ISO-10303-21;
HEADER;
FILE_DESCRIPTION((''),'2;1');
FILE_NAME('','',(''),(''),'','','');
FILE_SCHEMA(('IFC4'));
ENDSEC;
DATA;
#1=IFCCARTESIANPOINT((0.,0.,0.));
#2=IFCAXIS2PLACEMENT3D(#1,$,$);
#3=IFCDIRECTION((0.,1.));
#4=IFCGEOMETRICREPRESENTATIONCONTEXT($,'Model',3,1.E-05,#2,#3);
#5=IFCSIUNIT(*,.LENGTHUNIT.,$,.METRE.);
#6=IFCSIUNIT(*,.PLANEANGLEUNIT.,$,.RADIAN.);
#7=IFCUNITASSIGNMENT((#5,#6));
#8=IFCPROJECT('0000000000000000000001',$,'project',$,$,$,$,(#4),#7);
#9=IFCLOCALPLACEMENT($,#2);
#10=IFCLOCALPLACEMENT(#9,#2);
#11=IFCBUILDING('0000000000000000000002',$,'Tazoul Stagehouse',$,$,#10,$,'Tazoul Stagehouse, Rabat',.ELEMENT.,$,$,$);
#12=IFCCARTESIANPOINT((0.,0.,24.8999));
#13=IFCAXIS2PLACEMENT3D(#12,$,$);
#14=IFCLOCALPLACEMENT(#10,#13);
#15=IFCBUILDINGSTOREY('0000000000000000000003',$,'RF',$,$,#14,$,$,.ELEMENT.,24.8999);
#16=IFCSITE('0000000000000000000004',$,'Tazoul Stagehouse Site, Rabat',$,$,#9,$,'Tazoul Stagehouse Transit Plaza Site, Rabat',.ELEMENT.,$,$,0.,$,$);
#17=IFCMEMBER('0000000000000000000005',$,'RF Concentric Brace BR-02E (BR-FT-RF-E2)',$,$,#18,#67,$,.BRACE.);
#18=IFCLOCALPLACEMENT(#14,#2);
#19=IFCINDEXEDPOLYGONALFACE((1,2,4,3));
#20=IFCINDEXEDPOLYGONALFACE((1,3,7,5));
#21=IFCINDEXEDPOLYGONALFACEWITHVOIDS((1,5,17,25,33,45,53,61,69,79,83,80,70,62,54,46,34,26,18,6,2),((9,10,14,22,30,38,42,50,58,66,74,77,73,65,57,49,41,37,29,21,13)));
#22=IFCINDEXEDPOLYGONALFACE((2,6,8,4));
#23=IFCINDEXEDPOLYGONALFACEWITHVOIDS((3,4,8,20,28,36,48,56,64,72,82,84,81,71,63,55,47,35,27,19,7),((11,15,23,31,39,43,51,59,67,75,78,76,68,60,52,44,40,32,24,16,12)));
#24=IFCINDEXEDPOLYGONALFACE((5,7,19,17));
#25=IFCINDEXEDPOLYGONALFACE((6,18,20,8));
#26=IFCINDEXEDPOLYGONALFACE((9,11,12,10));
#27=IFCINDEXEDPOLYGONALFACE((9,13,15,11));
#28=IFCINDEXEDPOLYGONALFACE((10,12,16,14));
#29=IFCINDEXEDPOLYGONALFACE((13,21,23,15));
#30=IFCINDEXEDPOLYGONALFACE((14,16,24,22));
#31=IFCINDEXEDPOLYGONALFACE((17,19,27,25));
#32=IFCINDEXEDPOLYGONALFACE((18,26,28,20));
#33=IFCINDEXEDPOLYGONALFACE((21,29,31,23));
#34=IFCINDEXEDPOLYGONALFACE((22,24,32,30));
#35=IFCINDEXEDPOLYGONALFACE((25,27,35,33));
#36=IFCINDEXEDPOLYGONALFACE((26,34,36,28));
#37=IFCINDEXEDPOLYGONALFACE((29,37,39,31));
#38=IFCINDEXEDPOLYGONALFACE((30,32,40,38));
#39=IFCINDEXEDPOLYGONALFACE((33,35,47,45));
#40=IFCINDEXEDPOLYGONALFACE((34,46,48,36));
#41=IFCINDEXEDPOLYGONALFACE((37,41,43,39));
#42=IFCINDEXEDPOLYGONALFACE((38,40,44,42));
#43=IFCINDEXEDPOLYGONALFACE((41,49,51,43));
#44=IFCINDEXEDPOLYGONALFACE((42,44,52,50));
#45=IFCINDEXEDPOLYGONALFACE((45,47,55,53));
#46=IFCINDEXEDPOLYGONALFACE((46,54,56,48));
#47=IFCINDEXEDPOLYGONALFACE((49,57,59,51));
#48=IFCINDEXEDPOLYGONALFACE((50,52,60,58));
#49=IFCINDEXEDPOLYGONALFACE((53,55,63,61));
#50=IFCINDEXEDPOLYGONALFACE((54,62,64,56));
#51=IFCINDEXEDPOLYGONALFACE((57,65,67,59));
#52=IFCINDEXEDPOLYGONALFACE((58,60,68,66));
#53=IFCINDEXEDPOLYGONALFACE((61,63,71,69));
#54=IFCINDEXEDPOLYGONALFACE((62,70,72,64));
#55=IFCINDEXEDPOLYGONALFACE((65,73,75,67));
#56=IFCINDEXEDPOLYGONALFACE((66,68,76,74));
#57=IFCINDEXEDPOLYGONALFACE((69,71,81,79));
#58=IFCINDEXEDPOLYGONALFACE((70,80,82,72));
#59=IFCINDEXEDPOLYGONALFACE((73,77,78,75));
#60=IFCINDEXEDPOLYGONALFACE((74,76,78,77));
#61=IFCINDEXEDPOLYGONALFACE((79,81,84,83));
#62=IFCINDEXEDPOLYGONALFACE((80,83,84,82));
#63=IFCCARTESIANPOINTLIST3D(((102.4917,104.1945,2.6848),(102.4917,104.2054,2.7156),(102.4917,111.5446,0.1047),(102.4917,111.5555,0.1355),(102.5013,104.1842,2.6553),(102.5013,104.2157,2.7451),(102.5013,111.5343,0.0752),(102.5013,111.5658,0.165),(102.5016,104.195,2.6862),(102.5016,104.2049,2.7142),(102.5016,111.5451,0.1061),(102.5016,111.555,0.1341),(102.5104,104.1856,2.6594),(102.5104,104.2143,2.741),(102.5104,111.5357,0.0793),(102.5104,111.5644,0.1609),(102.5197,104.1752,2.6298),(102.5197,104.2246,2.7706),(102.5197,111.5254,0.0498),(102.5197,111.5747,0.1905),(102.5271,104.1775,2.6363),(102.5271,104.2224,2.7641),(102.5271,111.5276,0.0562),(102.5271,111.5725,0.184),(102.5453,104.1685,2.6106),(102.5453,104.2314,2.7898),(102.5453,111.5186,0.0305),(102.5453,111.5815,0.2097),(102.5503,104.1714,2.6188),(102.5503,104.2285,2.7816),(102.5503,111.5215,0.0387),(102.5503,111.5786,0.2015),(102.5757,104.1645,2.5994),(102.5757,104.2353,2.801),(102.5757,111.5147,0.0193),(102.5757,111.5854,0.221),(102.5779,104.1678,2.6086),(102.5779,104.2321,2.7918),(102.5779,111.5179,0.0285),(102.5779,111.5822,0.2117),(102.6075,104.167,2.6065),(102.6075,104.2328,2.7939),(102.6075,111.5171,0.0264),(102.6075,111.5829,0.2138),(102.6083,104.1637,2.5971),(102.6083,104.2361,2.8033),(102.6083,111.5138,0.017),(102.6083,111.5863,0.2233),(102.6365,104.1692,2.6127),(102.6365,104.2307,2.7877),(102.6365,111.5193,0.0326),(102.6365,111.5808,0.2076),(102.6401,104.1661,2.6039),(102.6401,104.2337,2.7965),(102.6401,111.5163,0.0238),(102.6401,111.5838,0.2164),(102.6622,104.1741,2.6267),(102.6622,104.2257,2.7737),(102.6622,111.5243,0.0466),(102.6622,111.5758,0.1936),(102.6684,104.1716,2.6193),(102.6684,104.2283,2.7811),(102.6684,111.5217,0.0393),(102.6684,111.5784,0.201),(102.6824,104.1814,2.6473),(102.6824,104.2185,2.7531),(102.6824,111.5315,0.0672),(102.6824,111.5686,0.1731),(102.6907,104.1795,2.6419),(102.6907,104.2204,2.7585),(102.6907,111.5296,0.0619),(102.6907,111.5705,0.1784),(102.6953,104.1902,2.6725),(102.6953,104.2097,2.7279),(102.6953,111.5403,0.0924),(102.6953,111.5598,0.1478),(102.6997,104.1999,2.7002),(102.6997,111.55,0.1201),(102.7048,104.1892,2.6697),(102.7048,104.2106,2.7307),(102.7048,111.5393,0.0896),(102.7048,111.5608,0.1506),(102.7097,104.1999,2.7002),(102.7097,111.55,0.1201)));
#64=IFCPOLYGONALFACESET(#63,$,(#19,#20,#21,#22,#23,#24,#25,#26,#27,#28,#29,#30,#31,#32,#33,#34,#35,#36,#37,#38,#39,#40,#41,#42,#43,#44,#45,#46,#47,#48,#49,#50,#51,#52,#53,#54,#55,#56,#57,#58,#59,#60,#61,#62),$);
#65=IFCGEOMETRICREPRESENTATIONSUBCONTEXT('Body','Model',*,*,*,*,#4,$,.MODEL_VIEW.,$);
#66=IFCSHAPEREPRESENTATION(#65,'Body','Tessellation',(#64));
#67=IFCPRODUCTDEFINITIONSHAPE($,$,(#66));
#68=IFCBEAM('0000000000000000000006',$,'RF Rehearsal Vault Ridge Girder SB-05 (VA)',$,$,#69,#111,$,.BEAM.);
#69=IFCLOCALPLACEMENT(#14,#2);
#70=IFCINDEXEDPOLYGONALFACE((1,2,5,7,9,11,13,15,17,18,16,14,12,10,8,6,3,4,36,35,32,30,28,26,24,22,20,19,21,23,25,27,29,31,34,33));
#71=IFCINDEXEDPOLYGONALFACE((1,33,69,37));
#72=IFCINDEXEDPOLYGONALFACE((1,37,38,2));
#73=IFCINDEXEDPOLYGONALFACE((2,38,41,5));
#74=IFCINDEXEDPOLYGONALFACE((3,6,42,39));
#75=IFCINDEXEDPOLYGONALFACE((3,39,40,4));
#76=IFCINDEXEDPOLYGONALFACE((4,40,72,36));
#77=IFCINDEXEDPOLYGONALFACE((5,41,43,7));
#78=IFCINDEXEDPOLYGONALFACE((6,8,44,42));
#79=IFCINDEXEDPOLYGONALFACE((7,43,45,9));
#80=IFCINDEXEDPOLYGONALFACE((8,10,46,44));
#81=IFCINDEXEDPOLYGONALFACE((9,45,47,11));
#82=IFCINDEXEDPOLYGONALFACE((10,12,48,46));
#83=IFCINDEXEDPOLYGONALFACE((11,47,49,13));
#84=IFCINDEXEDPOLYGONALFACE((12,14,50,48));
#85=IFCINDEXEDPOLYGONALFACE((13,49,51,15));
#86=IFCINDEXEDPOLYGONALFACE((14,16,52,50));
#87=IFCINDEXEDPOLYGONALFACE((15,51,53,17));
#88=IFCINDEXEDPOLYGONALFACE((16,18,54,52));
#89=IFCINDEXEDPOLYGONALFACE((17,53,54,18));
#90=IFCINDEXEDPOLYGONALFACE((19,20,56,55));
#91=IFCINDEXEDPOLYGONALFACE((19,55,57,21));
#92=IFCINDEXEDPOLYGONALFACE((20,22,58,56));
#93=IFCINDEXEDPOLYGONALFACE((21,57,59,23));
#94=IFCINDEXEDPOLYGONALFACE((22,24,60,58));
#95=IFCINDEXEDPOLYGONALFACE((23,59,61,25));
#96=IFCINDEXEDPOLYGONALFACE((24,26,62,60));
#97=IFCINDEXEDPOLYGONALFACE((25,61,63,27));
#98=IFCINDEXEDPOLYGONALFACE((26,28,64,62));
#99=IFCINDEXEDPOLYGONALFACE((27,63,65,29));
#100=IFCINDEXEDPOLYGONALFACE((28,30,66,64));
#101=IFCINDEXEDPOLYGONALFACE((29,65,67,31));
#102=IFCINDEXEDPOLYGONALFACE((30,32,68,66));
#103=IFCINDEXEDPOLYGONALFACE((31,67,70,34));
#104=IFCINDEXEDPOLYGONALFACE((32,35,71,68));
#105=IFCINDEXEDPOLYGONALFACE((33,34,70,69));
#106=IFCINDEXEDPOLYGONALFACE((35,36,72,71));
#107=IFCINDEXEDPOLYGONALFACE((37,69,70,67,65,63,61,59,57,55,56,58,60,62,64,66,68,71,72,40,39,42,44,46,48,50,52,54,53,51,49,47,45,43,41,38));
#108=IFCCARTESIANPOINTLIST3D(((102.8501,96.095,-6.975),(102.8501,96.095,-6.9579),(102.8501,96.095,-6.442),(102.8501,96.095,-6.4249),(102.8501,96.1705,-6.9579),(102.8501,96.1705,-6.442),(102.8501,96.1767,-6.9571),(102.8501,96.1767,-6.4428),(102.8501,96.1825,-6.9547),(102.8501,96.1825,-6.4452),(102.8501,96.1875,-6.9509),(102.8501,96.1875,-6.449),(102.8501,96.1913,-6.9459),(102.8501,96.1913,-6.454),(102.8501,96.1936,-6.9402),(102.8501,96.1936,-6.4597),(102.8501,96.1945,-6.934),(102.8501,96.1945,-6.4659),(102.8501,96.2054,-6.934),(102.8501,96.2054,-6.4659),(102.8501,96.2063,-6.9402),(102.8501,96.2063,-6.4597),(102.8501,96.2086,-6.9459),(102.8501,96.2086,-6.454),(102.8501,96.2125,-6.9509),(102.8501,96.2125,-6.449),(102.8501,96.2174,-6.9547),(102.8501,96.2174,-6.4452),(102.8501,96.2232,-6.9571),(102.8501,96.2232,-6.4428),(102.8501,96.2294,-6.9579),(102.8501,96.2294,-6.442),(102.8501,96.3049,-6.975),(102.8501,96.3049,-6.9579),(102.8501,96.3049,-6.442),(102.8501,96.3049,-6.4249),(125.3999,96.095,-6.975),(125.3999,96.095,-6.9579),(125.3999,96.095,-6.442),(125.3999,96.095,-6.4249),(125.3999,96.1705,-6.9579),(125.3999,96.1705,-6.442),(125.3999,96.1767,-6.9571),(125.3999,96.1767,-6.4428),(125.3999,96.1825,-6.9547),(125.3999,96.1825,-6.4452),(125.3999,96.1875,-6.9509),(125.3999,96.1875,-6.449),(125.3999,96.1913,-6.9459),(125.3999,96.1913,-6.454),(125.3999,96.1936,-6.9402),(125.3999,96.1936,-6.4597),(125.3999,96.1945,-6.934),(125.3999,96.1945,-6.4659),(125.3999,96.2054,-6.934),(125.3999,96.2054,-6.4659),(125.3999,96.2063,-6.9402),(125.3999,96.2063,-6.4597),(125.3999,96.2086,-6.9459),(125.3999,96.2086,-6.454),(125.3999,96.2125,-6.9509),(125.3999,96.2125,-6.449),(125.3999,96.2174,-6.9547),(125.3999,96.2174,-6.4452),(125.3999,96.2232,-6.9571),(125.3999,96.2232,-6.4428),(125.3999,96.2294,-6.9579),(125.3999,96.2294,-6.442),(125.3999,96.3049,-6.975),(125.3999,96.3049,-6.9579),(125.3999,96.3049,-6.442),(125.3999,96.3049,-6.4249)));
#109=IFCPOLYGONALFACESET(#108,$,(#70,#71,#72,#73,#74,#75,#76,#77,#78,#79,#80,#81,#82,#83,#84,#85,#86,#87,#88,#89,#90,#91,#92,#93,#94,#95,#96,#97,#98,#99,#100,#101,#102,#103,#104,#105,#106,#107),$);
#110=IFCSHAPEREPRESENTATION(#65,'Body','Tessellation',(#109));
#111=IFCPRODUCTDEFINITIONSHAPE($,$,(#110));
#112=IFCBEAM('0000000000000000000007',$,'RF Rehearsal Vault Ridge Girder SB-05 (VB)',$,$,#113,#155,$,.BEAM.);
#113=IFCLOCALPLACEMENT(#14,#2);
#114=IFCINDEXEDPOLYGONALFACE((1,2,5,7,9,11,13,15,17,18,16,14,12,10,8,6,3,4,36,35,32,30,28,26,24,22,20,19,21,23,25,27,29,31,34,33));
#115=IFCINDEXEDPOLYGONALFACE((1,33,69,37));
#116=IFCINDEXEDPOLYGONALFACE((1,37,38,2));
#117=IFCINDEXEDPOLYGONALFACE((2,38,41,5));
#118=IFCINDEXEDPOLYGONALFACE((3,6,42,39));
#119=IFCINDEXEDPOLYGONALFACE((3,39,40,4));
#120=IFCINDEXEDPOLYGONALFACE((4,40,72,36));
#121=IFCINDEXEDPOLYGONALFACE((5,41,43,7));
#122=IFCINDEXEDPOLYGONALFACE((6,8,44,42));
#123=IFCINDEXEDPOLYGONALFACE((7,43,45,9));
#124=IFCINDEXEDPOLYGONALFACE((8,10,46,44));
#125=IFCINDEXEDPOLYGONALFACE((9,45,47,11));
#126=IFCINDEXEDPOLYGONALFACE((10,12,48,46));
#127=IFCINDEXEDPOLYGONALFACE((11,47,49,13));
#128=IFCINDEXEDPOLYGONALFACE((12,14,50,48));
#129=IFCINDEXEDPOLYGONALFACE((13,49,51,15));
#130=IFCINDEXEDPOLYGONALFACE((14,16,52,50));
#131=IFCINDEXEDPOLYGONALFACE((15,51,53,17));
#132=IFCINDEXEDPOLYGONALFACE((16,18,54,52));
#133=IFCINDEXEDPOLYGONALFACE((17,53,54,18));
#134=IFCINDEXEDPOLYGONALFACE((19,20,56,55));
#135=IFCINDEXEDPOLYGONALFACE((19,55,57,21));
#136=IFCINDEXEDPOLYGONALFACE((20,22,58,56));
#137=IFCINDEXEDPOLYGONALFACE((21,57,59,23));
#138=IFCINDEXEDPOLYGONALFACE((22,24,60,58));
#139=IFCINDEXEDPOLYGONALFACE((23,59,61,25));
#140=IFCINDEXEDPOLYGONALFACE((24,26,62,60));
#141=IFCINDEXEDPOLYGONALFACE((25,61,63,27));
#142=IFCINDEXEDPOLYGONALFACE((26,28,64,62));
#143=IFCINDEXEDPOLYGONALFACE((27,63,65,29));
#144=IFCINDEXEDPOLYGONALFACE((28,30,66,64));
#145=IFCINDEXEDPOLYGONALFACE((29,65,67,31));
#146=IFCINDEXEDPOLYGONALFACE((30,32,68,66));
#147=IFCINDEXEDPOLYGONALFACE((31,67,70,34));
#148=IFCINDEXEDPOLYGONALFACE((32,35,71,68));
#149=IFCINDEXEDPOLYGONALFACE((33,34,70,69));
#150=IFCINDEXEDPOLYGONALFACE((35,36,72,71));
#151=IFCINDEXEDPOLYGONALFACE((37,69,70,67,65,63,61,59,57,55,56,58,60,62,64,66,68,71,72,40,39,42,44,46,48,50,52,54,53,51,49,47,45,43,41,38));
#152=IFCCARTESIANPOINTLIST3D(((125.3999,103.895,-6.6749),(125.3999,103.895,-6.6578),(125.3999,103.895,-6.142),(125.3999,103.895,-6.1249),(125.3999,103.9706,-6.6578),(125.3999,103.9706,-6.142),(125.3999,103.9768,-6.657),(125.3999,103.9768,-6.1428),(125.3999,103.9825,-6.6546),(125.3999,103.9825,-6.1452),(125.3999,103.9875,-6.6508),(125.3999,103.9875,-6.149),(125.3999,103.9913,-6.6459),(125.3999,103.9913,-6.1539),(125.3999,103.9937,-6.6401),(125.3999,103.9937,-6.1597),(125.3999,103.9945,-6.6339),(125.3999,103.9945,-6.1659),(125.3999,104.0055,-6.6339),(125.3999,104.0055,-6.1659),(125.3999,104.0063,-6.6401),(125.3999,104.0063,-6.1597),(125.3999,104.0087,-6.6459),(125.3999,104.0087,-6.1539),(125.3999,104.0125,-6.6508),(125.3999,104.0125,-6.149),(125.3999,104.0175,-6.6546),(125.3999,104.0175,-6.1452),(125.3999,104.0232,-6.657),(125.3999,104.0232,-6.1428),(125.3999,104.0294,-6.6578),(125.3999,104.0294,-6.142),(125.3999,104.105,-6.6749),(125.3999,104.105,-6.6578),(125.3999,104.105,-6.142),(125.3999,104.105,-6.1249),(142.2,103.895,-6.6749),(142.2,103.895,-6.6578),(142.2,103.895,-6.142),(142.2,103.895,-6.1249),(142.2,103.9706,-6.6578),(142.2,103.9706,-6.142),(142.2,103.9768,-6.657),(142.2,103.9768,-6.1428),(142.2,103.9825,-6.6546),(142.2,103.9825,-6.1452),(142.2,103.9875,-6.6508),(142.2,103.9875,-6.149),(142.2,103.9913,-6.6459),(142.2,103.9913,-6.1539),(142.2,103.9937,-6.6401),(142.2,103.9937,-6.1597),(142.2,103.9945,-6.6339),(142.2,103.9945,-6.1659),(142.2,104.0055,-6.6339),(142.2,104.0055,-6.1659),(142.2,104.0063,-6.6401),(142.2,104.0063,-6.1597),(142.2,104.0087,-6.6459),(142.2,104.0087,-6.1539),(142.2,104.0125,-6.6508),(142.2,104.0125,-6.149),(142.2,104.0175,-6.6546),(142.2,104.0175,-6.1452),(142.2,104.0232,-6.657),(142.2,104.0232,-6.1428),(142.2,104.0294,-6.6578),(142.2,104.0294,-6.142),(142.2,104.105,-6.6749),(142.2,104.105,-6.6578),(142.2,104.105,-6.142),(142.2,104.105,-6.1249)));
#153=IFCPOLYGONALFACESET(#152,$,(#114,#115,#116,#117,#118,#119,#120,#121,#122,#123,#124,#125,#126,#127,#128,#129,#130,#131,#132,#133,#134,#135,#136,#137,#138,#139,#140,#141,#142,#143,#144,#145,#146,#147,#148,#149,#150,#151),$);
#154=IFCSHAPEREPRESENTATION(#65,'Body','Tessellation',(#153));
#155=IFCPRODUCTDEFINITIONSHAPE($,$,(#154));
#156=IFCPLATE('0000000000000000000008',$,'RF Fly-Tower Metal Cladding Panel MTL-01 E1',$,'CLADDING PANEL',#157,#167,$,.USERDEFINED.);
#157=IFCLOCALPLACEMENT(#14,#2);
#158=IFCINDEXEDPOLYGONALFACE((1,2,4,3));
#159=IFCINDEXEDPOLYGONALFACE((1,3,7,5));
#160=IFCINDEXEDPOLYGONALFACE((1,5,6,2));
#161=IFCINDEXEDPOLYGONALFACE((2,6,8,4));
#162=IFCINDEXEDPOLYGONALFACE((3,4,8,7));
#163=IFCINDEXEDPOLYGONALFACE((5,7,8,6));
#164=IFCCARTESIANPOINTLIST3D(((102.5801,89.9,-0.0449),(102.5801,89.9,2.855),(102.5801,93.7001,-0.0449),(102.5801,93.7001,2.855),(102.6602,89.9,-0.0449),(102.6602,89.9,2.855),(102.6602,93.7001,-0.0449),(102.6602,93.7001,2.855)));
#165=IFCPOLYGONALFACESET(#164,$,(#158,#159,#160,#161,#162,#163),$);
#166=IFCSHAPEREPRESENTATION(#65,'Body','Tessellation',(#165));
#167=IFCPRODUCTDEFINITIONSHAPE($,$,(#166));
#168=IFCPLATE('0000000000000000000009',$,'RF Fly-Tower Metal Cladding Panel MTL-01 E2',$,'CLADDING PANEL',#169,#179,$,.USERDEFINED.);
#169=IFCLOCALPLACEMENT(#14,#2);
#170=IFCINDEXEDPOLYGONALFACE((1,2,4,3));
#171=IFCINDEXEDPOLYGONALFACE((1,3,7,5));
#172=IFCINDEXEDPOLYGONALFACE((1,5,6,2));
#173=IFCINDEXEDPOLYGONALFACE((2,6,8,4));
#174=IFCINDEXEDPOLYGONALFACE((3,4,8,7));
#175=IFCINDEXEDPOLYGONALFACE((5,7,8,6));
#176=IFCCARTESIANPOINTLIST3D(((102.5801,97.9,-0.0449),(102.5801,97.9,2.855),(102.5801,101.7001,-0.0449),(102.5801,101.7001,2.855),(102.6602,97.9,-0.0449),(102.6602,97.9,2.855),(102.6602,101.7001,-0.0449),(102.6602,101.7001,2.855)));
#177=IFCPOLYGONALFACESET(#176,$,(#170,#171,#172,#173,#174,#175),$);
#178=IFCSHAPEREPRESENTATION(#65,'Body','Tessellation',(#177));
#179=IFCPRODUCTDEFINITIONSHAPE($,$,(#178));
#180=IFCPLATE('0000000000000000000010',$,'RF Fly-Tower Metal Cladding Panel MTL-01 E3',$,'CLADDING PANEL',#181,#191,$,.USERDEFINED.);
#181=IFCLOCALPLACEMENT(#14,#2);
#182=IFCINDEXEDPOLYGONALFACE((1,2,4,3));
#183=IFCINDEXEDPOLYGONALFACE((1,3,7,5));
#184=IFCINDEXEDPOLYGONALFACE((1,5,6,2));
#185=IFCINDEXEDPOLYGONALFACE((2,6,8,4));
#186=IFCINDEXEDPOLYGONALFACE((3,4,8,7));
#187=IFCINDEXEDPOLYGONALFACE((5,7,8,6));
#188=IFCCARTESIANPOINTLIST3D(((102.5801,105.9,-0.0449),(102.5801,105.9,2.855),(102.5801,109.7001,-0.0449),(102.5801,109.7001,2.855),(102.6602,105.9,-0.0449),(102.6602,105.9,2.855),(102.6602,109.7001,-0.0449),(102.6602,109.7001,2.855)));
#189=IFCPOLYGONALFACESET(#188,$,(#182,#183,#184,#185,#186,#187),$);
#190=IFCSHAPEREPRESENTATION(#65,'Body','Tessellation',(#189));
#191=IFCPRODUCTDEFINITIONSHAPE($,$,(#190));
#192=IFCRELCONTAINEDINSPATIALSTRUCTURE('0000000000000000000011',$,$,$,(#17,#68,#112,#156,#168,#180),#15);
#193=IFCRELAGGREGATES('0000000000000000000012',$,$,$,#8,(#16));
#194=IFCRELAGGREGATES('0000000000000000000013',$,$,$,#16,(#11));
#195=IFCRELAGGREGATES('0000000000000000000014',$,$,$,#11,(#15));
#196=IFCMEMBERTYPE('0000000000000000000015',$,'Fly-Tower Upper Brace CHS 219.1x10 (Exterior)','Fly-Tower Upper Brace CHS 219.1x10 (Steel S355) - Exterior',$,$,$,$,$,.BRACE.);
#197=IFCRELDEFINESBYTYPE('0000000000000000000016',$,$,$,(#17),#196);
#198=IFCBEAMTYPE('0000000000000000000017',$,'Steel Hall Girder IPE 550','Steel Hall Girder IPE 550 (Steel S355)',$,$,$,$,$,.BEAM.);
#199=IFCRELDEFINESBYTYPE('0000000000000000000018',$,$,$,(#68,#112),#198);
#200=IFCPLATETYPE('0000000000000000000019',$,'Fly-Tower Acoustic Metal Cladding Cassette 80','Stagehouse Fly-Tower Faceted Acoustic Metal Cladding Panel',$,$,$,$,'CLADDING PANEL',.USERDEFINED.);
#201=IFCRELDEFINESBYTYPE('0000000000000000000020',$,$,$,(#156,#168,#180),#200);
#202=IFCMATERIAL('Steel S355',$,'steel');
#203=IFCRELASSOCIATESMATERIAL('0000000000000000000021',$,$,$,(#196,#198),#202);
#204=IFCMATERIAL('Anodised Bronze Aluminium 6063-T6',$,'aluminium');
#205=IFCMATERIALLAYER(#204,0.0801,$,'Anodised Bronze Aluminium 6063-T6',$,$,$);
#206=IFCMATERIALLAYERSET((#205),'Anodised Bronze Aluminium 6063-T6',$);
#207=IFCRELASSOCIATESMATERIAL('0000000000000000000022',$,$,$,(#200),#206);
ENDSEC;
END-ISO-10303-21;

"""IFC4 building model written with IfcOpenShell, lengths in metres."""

from ifc_helpers import new_model, si_unit, direction, frame, origin, origin_2d, place, context, subcontext, project, spatial, rectangle, hollow_circle, i_section, extrude, material, layer, layer_set, material_profile, profile_set, type_object, element, save


model = new_model("IFC4")

# Units and contexts
model_context = context("Model", 3, precision=1e-05, world=origin(), true_north=direction((0.0, 1.0)))
body_context = subcontext(model_context, "Body", "Model", "MODEL_VIEW")
ifc_project = project(units=[si_unit("LENGTHUNIT", "METRE"), si_unit("PLANEANGLEUNIT", "RADIAN")], contexts=[model_context])

# Site, building, storey
site_placement = place(None, origin())
site = spatial("IfcSite", under=ifc_project, at=site_placement, Name="Tazoul Stagehouse Site, Rabat", LongName="Tazoul Stagehouse Transit Plaza Site, Rabat", CompositionType="ELEMENT", RefElevation=0.0)
building_placement = place(site_placement, origin())
building = spatial("IfcBuilding", under=site, at=building_placement, Name="Tazoul Stagehouse", LongName="Tazoul Stagehouse, Rabat", CompositionType="ELEMENT")
storey_placement = place(building_placement, frame((0.0, 0.0, 24.8999)))
storey = spatial("IfcBuildingStorey", under=building, at=storey_placement, Name="RF", CompositionType="ELEMENT", Elevation=24.8999)

# Shared definitions
ifc_material_1 = material(Name="Steel S355", Category="steel")

# Member
ifc_material_profile_1 = material_profile(ifc_material_1, hollow_circle(Radius=0.1096, WallThickness=0.01, at=origin_2d()), Name="CHS 219.1x10")
ifc_profile_set_1 = profile_set([ifc_material_profile_1], Name="Steel S355")
member_type = type_object("IfcMemberType", Name="Fly-Tower Upper Brace CHS 219.1x10 (Exterior)", Description="Fly-Tower Upper Brace CHS 219.1x10 (Steel S355) - Exterior", PredefinedType="BRACE", material=ifc_profile_set_1)
member_placement = place(storey_placement, frame((102.6001, 111.55, 0.1201), z_axis=(0.0, -0.943556, 0.331213), x_axis=(1.0, 0.0, 0.0)))
element("IfcMember", 1, at=member_placement, inside=storey, type_object=member_type, Name="RF Concentric Brace BR-02E (BR-FT-RF-E2)", PredefinedType="BRACE", context=body_context, shape_type="SweptSolid", body=[
    extrude(hollow_circle(Radius=0.1096, WallThickness=0.01, at=origin_2d()), origin(), (0.0, 0.0, 1.0), 7.7898),
])

# Beams
ifc_material_profile_2 = material_profile(ifc_material_1, i_section(OverallWidth=0.21, OverallDepth=0.55, WebThickness=0.011, FlangeThickness=0.0171, FilletRadius=0.0239, at=origin_2d()), Name="IPE 550")
ifc_profile_set_2 = profile_set([ifc_material_profile_2], Name="Steel S355")
beam_type = type_object("IfcBeamType", Name="Steel Hall Girder IPE 550", Description="Steel Hall Girder IPE 550 (Steel S355)", PredefinedType="BEAM", material=ifc_profile_set_2)
beam_1_placement = place(storey_placement, frame((102.8501, 96.2, -6.7), z_axis=(1.0, 0.0, 0.0), x_axis=(0.0, 1.0, 0.0)))
element("IfcBeam", 2, at=beam_1_placement, inside=storey, type_object=beam_type, Name="RF Rehearsal Vault Ridge Girder SB-05 (VA)", PredefinedType="BEAM", context=body_context, shape_type="SweptSolid", body=[
    extrude(i_section(OverallWidth=0.21, OverallDepth=0.55, WebThickness=0.011, FlangeThickness=0.0171, FilletRadius=0.0239, at=origin_2d()), origin(), (0.0, 0.0, 1.0), 22.5498),
])
beam_2_placement = place(storey_placement, frame((125.3999, 104.0, -6.3999), z_axis=(1.0, 0.0, 0.0), x_axis=(0.0, 1.0, 0.0)))
element("IfcBeam", 3, at=beam_2_placement, inside=storey, type_object=beam_type, Name="RF Rehearsal Vault Ridge Girder SB-05 (VB)", PredefinedType="BEAM", context=body_context, shape_type="SweptSolid", body=[
    extrude(i_section(OverallWidth=0.21, OverallDepth=0.55, WebThickness=0.011, FlangeThickness=0.0171, FilletRadius=0.0239, at=origin_2d()), origin(), (0.0, 0.0, 1.0), 16.8),
])

# Plates
ifc_material_2 = material(Name="Anodised Bronze Aluminium 6063-T6", Category="aluminium")
ifc_layer_1 = layer(ifc_material_2, 0.0801, Name="Anodised Bronze Aluminium 6063-T6")
ifc_layer_set_1 = layer_set([ifc_layer_1], Name="Anodised Bronze Aluminium 6063-T6")
plate_type_1 = type_object("IfcPlateType", Name="Fly-Tower Acoustic Metal Cladding Cassette 80", Description="Stagehouse Fly-Tower Faceted Acoustic Metal Cladding Panel", ElementType="CLADDING PANEL", PredefinedType="USERDEFINED", material=ifc_layer_set_1)
for number, where, z_axis, x_axis, name in (
    (4, (102.6201, 91.8, -0.0449), (0.0, 0.0, 1.0), (0.0, 1.0, 0.0), "RF Fly-Tower Metal Cladding Panel MTL-01 E1"),
    (5, (102.6201, 99.8, -0.0449), (0.0, 0.0, 1.0), (0.0, 1.0, 0.0), "RF Fly-Tower Metal Cladding Panel MTL-01 E2"),
    (6, (102.6201, 107.8, -0.0449), (0.0, 0.0, 1.0), (0.0, 1.0, 0.0), "RF Fly-Tower Metal Cladding Panel MTL-01 E3"),
):
    element("IfcPlate", number, at=place(storey_placement, frame(where, z_axis=z_axis, x_axis=x_axis)), inside=storey, type_object=plate_type_1, Name=name, ObjectType="CLADDING PANEL", PredefinedType="USERDEFINED", context=body_context, shape_type="SweptSolid", body=[
        extrude(rectangle(XDim=3.8, YDim=0.0801, at=origin_2d()), origin(), (0.0, 0.0, 1.0), 2.8999),
    ])

save(model, "model.ifc")
